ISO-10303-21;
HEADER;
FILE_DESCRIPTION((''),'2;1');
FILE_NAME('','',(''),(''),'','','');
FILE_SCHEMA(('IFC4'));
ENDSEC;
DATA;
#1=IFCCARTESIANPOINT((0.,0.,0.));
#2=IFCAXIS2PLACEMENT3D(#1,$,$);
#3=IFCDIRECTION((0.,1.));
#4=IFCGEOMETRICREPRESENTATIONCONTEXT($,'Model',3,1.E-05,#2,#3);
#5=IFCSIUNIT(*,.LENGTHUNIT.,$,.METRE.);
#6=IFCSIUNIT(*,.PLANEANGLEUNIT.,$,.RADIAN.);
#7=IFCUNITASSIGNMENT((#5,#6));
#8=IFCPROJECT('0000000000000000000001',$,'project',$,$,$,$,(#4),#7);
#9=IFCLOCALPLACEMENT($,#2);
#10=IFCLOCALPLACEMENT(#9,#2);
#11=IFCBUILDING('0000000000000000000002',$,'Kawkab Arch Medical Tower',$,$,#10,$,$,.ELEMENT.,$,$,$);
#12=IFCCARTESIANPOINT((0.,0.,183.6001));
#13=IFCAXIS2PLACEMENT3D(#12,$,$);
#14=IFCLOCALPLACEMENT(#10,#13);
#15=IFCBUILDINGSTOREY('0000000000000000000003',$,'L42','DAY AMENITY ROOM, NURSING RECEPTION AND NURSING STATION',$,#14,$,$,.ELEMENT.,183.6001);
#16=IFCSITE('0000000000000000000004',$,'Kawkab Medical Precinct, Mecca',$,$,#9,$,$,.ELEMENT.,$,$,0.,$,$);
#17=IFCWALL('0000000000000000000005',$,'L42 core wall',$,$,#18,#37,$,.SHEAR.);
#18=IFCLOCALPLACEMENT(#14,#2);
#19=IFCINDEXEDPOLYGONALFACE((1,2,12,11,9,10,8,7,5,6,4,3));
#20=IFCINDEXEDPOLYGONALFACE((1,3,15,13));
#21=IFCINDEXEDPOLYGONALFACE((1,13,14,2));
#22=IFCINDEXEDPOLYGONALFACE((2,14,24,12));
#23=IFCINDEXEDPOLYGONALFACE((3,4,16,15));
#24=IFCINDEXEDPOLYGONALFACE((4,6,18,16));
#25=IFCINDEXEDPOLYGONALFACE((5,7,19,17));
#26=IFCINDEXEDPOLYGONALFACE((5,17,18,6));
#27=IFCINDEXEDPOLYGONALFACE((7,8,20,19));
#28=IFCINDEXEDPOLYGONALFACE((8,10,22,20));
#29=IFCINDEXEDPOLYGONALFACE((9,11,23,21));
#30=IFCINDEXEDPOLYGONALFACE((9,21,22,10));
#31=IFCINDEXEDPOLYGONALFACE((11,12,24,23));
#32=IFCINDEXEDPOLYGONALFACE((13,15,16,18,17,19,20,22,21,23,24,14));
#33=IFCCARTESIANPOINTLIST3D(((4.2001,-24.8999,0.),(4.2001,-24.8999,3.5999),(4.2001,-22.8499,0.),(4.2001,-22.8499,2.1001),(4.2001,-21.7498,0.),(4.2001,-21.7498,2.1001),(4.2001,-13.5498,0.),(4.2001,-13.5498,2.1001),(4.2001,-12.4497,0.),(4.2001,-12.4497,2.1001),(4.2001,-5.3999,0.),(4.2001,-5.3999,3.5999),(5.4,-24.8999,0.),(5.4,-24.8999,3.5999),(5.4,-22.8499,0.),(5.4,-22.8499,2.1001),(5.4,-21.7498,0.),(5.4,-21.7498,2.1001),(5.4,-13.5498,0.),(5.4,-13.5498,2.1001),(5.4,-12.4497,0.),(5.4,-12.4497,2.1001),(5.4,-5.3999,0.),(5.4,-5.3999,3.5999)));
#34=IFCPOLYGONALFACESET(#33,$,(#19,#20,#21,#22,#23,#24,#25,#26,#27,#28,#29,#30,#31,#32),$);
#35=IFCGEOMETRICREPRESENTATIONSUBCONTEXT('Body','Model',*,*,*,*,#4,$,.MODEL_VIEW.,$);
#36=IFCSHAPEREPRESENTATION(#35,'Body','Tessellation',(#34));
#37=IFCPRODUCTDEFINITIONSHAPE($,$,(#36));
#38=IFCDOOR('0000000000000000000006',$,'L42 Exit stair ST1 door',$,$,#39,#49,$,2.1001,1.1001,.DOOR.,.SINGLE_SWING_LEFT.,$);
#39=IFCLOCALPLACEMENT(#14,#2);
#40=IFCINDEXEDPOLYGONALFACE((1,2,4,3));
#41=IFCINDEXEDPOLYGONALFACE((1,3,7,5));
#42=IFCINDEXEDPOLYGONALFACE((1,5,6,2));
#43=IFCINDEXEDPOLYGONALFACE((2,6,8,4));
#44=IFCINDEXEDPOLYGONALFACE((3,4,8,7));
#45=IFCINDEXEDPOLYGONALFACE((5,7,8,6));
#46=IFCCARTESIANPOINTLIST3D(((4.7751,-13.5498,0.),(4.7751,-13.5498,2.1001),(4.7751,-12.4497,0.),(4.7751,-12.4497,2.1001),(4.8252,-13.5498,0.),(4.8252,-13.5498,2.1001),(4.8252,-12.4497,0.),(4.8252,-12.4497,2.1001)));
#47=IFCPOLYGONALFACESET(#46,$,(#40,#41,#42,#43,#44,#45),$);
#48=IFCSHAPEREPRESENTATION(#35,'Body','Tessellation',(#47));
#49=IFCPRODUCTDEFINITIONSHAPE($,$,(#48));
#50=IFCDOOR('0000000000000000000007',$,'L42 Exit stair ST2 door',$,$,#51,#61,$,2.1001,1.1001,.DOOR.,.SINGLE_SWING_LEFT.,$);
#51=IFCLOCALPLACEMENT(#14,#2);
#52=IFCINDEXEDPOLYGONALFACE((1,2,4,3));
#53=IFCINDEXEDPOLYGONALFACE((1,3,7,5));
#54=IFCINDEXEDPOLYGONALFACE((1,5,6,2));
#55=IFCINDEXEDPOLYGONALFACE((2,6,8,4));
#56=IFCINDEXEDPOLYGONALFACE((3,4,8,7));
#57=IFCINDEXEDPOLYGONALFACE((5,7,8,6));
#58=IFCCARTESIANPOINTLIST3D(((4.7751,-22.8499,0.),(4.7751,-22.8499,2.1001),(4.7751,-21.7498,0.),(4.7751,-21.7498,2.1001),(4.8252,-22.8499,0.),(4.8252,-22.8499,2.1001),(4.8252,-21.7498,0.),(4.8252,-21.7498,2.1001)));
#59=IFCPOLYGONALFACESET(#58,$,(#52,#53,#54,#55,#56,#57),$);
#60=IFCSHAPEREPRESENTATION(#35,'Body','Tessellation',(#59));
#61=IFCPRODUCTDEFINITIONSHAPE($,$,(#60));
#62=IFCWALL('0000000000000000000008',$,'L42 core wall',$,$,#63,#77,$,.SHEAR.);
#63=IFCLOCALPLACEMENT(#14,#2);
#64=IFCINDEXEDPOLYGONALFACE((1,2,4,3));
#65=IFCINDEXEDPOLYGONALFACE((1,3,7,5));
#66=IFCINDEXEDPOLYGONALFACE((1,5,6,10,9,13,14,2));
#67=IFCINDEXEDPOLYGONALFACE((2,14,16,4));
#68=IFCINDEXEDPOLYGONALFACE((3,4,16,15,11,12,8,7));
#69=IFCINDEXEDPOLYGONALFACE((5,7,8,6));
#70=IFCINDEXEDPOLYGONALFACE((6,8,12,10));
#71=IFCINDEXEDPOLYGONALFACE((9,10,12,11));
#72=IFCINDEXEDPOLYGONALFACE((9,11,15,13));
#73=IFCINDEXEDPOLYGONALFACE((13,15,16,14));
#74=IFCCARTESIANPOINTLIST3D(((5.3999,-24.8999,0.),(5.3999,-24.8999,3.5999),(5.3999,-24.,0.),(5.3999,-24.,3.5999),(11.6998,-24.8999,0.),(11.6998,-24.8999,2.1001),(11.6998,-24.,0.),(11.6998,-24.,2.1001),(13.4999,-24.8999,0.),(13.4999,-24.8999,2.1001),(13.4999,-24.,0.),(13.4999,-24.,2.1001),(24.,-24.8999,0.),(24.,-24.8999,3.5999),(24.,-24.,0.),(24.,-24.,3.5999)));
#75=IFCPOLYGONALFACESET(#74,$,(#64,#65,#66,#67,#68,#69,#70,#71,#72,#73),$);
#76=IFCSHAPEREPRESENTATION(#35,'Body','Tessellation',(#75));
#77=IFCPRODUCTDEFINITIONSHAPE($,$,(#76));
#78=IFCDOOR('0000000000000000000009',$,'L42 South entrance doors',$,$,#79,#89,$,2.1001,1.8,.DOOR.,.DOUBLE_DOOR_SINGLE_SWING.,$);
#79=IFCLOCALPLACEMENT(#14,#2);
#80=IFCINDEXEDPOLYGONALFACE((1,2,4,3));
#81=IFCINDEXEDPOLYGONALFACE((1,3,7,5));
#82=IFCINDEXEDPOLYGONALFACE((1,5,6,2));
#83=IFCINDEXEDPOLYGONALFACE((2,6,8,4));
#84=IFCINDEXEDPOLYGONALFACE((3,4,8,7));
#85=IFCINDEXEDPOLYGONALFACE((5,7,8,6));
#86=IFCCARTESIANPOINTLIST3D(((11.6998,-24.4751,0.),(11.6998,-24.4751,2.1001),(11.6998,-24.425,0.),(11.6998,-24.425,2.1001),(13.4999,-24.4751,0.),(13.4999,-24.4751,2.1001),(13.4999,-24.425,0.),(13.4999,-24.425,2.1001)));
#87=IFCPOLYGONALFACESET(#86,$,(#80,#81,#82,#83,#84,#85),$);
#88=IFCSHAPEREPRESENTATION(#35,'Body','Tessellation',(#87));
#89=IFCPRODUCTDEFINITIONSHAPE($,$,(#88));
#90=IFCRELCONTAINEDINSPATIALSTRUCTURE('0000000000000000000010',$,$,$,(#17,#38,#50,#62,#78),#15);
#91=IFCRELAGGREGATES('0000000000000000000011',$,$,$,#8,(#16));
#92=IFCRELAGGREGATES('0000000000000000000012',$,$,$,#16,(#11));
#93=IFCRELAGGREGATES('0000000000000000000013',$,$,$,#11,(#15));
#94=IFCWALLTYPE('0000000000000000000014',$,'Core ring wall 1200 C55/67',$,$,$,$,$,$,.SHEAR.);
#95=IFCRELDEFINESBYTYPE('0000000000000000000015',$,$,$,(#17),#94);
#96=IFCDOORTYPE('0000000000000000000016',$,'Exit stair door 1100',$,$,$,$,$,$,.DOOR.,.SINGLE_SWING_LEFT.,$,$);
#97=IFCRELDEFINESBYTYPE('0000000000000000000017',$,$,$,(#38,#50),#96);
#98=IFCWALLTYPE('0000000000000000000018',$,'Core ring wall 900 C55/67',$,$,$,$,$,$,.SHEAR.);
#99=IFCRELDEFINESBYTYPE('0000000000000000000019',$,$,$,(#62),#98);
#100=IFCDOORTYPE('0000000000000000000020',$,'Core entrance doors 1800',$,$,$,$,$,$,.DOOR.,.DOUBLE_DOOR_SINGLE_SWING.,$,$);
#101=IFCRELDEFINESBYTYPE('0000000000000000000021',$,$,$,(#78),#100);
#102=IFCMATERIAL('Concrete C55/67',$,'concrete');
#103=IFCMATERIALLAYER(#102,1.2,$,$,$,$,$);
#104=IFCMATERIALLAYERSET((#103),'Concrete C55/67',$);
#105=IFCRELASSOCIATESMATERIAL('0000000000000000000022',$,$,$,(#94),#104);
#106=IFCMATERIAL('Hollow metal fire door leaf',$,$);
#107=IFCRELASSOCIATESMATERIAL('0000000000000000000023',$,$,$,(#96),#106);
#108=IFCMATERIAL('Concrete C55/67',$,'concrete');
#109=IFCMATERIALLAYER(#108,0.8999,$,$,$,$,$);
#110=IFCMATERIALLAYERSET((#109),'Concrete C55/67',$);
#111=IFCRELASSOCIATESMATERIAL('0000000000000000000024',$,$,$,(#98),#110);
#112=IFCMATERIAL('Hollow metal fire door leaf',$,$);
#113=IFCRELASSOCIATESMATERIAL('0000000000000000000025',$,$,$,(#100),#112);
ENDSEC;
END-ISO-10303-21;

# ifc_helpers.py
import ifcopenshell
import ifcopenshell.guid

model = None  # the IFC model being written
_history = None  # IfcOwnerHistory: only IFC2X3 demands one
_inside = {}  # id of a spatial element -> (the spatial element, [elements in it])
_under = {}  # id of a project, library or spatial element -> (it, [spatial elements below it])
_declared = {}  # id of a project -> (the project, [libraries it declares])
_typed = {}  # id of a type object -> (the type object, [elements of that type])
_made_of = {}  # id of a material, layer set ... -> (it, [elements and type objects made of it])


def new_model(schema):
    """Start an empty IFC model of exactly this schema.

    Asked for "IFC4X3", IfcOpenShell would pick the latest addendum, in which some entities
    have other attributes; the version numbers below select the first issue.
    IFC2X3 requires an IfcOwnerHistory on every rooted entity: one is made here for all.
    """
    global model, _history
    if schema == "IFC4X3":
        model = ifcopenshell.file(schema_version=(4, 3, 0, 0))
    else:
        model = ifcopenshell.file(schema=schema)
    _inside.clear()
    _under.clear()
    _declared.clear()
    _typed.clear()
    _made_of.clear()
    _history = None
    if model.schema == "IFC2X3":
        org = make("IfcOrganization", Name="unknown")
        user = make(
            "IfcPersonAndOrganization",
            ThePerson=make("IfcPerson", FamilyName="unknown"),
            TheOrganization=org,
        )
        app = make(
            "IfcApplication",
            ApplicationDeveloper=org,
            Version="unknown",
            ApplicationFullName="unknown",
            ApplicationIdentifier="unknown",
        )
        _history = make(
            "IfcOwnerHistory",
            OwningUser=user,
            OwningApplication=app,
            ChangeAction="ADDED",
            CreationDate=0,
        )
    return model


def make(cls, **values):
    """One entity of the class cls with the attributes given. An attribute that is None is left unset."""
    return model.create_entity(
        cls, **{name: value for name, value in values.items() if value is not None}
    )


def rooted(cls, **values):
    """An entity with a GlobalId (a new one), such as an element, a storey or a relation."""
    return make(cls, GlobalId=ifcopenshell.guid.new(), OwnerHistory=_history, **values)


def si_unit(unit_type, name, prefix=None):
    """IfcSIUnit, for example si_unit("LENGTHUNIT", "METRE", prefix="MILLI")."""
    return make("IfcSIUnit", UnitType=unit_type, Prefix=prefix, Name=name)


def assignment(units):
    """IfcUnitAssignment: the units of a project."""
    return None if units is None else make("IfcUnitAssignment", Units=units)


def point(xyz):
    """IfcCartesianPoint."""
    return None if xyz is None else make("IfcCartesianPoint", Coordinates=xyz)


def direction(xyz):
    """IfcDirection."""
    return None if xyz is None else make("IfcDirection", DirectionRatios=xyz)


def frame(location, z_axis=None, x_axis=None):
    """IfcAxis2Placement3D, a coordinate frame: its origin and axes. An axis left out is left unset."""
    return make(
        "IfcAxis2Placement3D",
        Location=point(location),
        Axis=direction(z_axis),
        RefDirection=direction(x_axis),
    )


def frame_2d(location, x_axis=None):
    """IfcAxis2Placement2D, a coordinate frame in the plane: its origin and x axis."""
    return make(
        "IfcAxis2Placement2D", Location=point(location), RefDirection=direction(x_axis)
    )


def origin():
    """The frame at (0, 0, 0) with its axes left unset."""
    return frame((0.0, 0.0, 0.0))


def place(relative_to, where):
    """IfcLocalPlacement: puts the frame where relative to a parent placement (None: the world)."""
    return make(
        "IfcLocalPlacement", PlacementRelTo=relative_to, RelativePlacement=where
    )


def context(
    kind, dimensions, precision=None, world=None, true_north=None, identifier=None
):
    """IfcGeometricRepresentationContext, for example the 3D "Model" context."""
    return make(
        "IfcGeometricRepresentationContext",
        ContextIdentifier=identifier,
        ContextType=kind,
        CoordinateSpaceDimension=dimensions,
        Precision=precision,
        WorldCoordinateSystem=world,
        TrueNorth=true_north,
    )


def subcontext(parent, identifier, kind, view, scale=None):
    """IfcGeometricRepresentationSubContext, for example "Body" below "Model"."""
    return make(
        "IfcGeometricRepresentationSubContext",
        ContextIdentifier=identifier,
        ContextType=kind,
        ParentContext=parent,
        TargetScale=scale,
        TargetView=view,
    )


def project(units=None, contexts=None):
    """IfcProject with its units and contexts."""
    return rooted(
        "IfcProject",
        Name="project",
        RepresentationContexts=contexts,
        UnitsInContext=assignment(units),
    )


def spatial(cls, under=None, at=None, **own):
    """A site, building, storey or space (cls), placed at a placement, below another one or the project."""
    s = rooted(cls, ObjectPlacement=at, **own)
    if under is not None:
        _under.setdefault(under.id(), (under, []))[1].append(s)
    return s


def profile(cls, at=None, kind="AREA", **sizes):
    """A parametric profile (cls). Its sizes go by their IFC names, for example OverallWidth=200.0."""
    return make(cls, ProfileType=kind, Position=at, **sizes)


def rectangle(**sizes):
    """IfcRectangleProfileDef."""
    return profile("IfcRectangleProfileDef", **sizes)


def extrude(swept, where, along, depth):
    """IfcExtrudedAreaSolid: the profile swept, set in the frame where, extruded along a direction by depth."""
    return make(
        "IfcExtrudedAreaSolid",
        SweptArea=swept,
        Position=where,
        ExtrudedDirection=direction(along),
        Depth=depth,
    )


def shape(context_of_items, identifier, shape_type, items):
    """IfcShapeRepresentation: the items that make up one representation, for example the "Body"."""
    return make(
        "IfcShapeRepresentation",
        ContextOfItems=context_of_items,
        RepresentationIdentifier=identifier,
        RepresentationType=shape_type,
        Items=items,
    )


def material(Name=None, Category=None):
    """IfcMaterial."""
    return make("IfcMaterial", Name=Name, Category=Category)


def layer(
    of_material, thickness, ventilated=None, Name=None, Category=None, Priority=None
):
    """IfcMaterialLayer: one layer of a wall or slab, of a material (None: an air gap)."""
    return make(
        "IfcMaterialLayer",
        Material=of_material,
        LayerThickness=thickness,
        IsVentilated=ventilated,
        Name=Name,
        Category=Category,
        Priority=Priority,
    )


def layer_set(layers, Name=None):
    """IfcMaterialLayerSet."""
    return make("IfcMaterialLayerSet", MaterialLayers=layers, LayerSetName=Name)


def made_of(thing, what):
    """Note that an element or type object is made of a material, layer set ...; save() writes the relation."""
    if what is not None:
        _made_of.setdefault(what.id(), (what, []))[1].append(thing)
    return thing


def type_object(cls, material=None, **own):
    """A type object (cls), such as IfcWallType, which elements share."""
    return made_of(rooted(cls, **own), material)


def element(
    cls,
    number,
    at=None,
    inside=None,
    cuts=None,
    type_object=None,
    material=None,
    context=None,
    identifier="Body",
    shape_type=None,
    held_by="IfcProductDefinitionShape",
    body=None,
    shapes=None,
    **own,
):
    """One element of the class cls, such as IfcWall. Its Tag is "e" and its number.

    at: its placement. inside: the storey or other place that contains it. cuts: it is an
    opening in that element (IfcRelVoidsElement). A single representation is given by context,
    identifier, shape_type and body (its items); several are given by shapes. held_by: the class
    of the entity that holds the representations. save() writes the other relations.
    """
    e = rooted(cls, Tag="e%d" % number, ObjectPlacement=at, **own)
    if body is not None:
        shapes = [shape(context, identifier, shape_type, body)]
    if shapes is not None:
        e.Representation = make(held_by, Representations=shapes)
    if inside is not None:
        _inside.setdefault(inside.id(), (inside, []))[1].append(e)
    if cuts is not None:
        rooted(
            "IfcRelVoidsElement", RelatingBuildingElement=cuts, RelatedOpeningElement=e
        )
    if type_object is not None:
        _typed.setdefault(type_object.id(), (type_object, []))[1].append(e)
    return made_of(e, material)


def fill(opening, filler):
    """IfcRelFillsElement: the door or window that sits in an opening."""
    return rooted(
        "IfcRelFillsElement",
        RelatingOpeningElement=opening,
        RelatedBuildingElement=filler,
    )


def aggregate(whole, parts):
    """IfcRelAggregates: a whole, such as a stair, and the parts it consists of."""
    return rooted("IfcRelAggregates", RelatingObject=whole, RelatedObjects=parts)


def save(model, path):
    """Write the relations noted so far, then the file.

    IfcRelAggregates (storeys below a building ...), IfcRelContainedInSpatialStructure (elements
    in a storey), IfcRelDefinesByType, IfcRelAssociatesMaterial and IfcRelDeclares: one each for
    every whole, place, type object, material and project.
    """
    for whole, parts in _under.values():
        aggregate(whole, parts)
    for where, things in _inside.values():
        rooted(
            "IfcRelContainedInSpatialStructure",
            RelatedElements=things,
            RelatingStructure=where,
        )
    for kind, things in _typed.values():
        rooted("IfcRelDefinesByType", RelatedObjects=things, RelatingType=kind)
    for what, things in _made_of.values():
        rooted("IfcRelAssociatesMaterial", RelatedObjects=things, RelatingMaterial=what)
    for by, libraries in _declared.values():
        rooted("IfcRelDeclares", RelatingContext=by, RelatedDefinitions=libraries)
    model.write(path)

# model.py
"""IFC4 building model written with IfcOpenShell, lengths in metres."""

from ifc_helpers import new_model, si_unit, direction, frame, frame_2d, origin, place, context, subcontext, project, spatial, rectangle, extrude, material, layer, layer_set, type_object, element, fill, save


model = new_model("IFC4")

# Units and contexts
model_context = context("Model", 3, precision=1e-05, world=origin(), true_north=direction((0.0, 1.0)))
body_context = subcontext(model_context, "Body", "Model", "MODEL_VIEW")
ifc_project = project(units=[si_unit("LENGTHUNIT", "METRE"), si_unit("PLANEANGLEUNIT", "RADIAN")], contexts=[model_context])

# Site, building, storey
site_placement = place(None, origin())
site = spatial("IfcSite", under=ifc_project, at=site_placement, Name="Kawkab Medical Precinct, Mecca", CompositionType="ELEMENT", RefElevation=0.0)
building_placement = place(site_placement, origin())
building = spatial("IfcBuilding", under=site, at=building_placement, Name="Kawkab Arch Medical Tower", CompositionType="ELEMENT")
storey_placement = place(building_placement, frame((0.0, 0.0, 183.6001)))
storey = spatial("IfcBuildingStorey", under=building, at=storey_placement, Name="L42", Description="DAY AMENITY ROOM, NURSING RECEPTION AND NURSING STATION", CompositionType="ELEMENT", Elevation=183.6001)

# Wall, openings, doors
ifc_material_1 = material(Name="Concrete C55/67", Category="concrete")
ifc_layer_1 = layer(ifc_material_1, 1.2)
ifc_layer_set_1 = layer_set([ifc_layer_1], Name="Concrete C55/67")
wall_type_1 = type_object("IfcWallType", Name="Core ring wall 1200 C55/67", PredefinedType="SHEAR", material=ifc_layer_set_1)
wall_1_placement = place(storey_placement, frame((4.8, -24.8999, 0.0), z_axis=(0.0, 0.0, 1.0), x_axis=(0.0, 1.0, 0.0)))
wall_1 = element("IfcWall", 1, at=wall_1_placement, inside=storey, type_object=wall_type_1, Name="L42 core wall", PredefinedType="SHEAR", context=body_context, shape_type="SweptSolid", body=[
    extrude(rectangle(XDim=19.5, YDim=1.2, at=frame_2d((9.75, 0.0))), origin(), (0.0, 0.0, 1.0), 3.5999),
])
opening_1_placement = place(wall_1_placement, frame((11.3501, 0.0, 0.0)))
opening_1 = element("IfcOpeningElement", 2, at=opening_1_placement, cuts=wall_1, PredefinedType="OPENING", context=body_context, shape_type="SweptSolid", body=[
    extrude(rectangle(XDim=1.1001, YDim=2.1001, at=frame_2d((0.55, 1.05))), frame((0.0, 0.6099, 0.0), z_axis=(0.0, -1.0, 0.0), x_axis=(1.0, 0.0, 0.0)), (0.0, 0.0, 1.0), 1.22),
])
opening_2_placement = place(wall_1_placement, frame((2.05, 0.0, 0.0)))
opening_2 = element("IfcOpeningElement", 3, at=opening_2_placement, cuts=wall_1, PredefinedType="OPENING", context=body_context, shape_type="SweptSolid", body=[
    extrude(rectangle(XDim=1.1001, YDim=2.1001, at=frame_2d((0.55, 1.05))), frame((0.0, 0.6099, 0.0), z_axis=(0.0, -1.0, 0.0), x_axis=(1.0, 0.0, 0.0)), (0.0, 0.0, 1.0), 1.22),
])
ifc_material_2 = material(Name="Hollow metal fire door leaf")
door_type_1 = type_object("IfcDoorType", Name="Exit stair door 1100", OperationType="SINGLE_SWING_LEFT", PredefinedType="DOOR", material=ifc_material_2)
door_1_placement = place(opening_1_placement, origin())
door_1 = element("IfcDoor", 4, at=door_1_placement, inside=storey, type_object=door_type_1, Name="L42 Exit stair ST1 door", OperationType="SINGLE_SWING_LEFT", OverallHeight=2.1001, OverallWidth=1.1001, PredefinedType="DOOR", context=body_context, shape_type="SweptSolid", body=[
    extrude(rectangle(XDim=1.1001, YDim=2.1001, at=frame_2d((0.55, 1.05))), frame((0.0, 0.0249, 0.0), z_axis=(0.0, -1.0, 0.0), x_axis=(1.0, 0.0, 0.0)), (0.0, 0.0, 1.0), 0.05),
])
fill(opening_1, door_1)
door_2_placement = place(opening_2_placement, origin())
door_2 = element("IfcDoor", 5, at=door_2_placement, inside=storey, type_object=door_type_1, Name="L42 Exit stair ST2 door", OperationType="SINGLE_SWING_LEFT", OverallHeight=2.1001, OverallWidth=1.1001, PredefinedType="DOOR", context=body_context, shape_type="SweptSolid", body=[
    extrude(rectangle(XDim=1.1001, YDim=2.1001, at=frame_2d((0.55, 1.05))), frame((0.0, 0.0249, 0.0), z_axis=(0.0, -1.0, 0.0), x_axis=(1.0, 0.0, 0.0)), (0.0, 0.0, 1.0), 0.05),
])
fill(opening_2, door_2)

# Wall, opening, door
ifc_material_3 = material(Name="Concrete C55/67", Category="concrete")
ifc_layer_2 = layer(ifc_material_3, 0.8999)
ifc_layer_set_2 = layer_set([ifc_layer_2], Name="Concrete C55/67")
wall_type_2 = type_object("IfcWallType", Name="Core ring wall 900 C55/67", PredefinedType="SHEAR", material=ifc_layer_set_2)
wall_2_placement = place(storey_placement, frame((5.3999, -24.45, 0.0), z_axis=(0.0, 0.0, 1.0), x_axis=(1.0, 0.0, 0.0)))
wall_2 = element("IfcWall", 6, at=wall_2_placement, inside=storey, type_object=wall_type_2, Name="L42 core wall", PredefinedType="SHEAR", context=body_context, shape_type="SweptSolid", body=[
    extrude(rectangle(XDim=18.6001, YDim=0.8999, at=frame_2d((9.3, 0.0))), origin(), (0.0, 0.0, 1.0), 3.5999),
])
opening_3_placement = place(wall_2_placement, frame((6.3, 0.0, 0.0)))
opening_3 = element("IfcOpeningElement", 7, at=opening_3_placement, cuts=wall_2, PredefinedType="OPENING", context=body_context, shape_type="SweptSolid", body=[
    extrude(rectangle(XDim=1.8, YDim=2.1001, at=frame_2d((0.8999, 1.05))), frame((0.0, 0.46, 0.0), z_axis=(0.0, -1.0, 0.0), x_axis=(1.0, 0.0, 0.0)), (0.0, 0.0, 1.0), 0.9199),
])
ifc_material_4 = material(Name="Hollow metal fire door leaf")
door_type_2 = type_object("IfcDoorType", Name="Core entrance doors 1800", OperationType="DOUBLE_DOOR_SINGLE_SWING", PredefinedType="DOOR", material=ifc_material_4)
door_3_placement = place(opening_3_placement, origin())
door_3 = element("IfcDoor", 8, at=door_3_placement, inside=storey, type_object=door_type_2, Name="L42 South entrance doors", OperationType="DOUBLE_DOOR_SINGLE_SWING", OverallHeight=2.1001, OverallWidth=1.8, PredefinedType="DOOR", context=body_context, shape_type="SweptSolid", body=[
    extrude(rectangle(XDim=1.8, YDim=2.1001, at=frame_2d((0.8999, 1.05))), frame((0.0, 0.0249, 0.0), z_axis=(0.0, -1.0, 0.0), x_axis=(1.0, 0.0, 0.0)), (0.0, 0.0, 1.0), 0.05),
])
fill(opening_3, door_3)

save(model, "model.ifc")
